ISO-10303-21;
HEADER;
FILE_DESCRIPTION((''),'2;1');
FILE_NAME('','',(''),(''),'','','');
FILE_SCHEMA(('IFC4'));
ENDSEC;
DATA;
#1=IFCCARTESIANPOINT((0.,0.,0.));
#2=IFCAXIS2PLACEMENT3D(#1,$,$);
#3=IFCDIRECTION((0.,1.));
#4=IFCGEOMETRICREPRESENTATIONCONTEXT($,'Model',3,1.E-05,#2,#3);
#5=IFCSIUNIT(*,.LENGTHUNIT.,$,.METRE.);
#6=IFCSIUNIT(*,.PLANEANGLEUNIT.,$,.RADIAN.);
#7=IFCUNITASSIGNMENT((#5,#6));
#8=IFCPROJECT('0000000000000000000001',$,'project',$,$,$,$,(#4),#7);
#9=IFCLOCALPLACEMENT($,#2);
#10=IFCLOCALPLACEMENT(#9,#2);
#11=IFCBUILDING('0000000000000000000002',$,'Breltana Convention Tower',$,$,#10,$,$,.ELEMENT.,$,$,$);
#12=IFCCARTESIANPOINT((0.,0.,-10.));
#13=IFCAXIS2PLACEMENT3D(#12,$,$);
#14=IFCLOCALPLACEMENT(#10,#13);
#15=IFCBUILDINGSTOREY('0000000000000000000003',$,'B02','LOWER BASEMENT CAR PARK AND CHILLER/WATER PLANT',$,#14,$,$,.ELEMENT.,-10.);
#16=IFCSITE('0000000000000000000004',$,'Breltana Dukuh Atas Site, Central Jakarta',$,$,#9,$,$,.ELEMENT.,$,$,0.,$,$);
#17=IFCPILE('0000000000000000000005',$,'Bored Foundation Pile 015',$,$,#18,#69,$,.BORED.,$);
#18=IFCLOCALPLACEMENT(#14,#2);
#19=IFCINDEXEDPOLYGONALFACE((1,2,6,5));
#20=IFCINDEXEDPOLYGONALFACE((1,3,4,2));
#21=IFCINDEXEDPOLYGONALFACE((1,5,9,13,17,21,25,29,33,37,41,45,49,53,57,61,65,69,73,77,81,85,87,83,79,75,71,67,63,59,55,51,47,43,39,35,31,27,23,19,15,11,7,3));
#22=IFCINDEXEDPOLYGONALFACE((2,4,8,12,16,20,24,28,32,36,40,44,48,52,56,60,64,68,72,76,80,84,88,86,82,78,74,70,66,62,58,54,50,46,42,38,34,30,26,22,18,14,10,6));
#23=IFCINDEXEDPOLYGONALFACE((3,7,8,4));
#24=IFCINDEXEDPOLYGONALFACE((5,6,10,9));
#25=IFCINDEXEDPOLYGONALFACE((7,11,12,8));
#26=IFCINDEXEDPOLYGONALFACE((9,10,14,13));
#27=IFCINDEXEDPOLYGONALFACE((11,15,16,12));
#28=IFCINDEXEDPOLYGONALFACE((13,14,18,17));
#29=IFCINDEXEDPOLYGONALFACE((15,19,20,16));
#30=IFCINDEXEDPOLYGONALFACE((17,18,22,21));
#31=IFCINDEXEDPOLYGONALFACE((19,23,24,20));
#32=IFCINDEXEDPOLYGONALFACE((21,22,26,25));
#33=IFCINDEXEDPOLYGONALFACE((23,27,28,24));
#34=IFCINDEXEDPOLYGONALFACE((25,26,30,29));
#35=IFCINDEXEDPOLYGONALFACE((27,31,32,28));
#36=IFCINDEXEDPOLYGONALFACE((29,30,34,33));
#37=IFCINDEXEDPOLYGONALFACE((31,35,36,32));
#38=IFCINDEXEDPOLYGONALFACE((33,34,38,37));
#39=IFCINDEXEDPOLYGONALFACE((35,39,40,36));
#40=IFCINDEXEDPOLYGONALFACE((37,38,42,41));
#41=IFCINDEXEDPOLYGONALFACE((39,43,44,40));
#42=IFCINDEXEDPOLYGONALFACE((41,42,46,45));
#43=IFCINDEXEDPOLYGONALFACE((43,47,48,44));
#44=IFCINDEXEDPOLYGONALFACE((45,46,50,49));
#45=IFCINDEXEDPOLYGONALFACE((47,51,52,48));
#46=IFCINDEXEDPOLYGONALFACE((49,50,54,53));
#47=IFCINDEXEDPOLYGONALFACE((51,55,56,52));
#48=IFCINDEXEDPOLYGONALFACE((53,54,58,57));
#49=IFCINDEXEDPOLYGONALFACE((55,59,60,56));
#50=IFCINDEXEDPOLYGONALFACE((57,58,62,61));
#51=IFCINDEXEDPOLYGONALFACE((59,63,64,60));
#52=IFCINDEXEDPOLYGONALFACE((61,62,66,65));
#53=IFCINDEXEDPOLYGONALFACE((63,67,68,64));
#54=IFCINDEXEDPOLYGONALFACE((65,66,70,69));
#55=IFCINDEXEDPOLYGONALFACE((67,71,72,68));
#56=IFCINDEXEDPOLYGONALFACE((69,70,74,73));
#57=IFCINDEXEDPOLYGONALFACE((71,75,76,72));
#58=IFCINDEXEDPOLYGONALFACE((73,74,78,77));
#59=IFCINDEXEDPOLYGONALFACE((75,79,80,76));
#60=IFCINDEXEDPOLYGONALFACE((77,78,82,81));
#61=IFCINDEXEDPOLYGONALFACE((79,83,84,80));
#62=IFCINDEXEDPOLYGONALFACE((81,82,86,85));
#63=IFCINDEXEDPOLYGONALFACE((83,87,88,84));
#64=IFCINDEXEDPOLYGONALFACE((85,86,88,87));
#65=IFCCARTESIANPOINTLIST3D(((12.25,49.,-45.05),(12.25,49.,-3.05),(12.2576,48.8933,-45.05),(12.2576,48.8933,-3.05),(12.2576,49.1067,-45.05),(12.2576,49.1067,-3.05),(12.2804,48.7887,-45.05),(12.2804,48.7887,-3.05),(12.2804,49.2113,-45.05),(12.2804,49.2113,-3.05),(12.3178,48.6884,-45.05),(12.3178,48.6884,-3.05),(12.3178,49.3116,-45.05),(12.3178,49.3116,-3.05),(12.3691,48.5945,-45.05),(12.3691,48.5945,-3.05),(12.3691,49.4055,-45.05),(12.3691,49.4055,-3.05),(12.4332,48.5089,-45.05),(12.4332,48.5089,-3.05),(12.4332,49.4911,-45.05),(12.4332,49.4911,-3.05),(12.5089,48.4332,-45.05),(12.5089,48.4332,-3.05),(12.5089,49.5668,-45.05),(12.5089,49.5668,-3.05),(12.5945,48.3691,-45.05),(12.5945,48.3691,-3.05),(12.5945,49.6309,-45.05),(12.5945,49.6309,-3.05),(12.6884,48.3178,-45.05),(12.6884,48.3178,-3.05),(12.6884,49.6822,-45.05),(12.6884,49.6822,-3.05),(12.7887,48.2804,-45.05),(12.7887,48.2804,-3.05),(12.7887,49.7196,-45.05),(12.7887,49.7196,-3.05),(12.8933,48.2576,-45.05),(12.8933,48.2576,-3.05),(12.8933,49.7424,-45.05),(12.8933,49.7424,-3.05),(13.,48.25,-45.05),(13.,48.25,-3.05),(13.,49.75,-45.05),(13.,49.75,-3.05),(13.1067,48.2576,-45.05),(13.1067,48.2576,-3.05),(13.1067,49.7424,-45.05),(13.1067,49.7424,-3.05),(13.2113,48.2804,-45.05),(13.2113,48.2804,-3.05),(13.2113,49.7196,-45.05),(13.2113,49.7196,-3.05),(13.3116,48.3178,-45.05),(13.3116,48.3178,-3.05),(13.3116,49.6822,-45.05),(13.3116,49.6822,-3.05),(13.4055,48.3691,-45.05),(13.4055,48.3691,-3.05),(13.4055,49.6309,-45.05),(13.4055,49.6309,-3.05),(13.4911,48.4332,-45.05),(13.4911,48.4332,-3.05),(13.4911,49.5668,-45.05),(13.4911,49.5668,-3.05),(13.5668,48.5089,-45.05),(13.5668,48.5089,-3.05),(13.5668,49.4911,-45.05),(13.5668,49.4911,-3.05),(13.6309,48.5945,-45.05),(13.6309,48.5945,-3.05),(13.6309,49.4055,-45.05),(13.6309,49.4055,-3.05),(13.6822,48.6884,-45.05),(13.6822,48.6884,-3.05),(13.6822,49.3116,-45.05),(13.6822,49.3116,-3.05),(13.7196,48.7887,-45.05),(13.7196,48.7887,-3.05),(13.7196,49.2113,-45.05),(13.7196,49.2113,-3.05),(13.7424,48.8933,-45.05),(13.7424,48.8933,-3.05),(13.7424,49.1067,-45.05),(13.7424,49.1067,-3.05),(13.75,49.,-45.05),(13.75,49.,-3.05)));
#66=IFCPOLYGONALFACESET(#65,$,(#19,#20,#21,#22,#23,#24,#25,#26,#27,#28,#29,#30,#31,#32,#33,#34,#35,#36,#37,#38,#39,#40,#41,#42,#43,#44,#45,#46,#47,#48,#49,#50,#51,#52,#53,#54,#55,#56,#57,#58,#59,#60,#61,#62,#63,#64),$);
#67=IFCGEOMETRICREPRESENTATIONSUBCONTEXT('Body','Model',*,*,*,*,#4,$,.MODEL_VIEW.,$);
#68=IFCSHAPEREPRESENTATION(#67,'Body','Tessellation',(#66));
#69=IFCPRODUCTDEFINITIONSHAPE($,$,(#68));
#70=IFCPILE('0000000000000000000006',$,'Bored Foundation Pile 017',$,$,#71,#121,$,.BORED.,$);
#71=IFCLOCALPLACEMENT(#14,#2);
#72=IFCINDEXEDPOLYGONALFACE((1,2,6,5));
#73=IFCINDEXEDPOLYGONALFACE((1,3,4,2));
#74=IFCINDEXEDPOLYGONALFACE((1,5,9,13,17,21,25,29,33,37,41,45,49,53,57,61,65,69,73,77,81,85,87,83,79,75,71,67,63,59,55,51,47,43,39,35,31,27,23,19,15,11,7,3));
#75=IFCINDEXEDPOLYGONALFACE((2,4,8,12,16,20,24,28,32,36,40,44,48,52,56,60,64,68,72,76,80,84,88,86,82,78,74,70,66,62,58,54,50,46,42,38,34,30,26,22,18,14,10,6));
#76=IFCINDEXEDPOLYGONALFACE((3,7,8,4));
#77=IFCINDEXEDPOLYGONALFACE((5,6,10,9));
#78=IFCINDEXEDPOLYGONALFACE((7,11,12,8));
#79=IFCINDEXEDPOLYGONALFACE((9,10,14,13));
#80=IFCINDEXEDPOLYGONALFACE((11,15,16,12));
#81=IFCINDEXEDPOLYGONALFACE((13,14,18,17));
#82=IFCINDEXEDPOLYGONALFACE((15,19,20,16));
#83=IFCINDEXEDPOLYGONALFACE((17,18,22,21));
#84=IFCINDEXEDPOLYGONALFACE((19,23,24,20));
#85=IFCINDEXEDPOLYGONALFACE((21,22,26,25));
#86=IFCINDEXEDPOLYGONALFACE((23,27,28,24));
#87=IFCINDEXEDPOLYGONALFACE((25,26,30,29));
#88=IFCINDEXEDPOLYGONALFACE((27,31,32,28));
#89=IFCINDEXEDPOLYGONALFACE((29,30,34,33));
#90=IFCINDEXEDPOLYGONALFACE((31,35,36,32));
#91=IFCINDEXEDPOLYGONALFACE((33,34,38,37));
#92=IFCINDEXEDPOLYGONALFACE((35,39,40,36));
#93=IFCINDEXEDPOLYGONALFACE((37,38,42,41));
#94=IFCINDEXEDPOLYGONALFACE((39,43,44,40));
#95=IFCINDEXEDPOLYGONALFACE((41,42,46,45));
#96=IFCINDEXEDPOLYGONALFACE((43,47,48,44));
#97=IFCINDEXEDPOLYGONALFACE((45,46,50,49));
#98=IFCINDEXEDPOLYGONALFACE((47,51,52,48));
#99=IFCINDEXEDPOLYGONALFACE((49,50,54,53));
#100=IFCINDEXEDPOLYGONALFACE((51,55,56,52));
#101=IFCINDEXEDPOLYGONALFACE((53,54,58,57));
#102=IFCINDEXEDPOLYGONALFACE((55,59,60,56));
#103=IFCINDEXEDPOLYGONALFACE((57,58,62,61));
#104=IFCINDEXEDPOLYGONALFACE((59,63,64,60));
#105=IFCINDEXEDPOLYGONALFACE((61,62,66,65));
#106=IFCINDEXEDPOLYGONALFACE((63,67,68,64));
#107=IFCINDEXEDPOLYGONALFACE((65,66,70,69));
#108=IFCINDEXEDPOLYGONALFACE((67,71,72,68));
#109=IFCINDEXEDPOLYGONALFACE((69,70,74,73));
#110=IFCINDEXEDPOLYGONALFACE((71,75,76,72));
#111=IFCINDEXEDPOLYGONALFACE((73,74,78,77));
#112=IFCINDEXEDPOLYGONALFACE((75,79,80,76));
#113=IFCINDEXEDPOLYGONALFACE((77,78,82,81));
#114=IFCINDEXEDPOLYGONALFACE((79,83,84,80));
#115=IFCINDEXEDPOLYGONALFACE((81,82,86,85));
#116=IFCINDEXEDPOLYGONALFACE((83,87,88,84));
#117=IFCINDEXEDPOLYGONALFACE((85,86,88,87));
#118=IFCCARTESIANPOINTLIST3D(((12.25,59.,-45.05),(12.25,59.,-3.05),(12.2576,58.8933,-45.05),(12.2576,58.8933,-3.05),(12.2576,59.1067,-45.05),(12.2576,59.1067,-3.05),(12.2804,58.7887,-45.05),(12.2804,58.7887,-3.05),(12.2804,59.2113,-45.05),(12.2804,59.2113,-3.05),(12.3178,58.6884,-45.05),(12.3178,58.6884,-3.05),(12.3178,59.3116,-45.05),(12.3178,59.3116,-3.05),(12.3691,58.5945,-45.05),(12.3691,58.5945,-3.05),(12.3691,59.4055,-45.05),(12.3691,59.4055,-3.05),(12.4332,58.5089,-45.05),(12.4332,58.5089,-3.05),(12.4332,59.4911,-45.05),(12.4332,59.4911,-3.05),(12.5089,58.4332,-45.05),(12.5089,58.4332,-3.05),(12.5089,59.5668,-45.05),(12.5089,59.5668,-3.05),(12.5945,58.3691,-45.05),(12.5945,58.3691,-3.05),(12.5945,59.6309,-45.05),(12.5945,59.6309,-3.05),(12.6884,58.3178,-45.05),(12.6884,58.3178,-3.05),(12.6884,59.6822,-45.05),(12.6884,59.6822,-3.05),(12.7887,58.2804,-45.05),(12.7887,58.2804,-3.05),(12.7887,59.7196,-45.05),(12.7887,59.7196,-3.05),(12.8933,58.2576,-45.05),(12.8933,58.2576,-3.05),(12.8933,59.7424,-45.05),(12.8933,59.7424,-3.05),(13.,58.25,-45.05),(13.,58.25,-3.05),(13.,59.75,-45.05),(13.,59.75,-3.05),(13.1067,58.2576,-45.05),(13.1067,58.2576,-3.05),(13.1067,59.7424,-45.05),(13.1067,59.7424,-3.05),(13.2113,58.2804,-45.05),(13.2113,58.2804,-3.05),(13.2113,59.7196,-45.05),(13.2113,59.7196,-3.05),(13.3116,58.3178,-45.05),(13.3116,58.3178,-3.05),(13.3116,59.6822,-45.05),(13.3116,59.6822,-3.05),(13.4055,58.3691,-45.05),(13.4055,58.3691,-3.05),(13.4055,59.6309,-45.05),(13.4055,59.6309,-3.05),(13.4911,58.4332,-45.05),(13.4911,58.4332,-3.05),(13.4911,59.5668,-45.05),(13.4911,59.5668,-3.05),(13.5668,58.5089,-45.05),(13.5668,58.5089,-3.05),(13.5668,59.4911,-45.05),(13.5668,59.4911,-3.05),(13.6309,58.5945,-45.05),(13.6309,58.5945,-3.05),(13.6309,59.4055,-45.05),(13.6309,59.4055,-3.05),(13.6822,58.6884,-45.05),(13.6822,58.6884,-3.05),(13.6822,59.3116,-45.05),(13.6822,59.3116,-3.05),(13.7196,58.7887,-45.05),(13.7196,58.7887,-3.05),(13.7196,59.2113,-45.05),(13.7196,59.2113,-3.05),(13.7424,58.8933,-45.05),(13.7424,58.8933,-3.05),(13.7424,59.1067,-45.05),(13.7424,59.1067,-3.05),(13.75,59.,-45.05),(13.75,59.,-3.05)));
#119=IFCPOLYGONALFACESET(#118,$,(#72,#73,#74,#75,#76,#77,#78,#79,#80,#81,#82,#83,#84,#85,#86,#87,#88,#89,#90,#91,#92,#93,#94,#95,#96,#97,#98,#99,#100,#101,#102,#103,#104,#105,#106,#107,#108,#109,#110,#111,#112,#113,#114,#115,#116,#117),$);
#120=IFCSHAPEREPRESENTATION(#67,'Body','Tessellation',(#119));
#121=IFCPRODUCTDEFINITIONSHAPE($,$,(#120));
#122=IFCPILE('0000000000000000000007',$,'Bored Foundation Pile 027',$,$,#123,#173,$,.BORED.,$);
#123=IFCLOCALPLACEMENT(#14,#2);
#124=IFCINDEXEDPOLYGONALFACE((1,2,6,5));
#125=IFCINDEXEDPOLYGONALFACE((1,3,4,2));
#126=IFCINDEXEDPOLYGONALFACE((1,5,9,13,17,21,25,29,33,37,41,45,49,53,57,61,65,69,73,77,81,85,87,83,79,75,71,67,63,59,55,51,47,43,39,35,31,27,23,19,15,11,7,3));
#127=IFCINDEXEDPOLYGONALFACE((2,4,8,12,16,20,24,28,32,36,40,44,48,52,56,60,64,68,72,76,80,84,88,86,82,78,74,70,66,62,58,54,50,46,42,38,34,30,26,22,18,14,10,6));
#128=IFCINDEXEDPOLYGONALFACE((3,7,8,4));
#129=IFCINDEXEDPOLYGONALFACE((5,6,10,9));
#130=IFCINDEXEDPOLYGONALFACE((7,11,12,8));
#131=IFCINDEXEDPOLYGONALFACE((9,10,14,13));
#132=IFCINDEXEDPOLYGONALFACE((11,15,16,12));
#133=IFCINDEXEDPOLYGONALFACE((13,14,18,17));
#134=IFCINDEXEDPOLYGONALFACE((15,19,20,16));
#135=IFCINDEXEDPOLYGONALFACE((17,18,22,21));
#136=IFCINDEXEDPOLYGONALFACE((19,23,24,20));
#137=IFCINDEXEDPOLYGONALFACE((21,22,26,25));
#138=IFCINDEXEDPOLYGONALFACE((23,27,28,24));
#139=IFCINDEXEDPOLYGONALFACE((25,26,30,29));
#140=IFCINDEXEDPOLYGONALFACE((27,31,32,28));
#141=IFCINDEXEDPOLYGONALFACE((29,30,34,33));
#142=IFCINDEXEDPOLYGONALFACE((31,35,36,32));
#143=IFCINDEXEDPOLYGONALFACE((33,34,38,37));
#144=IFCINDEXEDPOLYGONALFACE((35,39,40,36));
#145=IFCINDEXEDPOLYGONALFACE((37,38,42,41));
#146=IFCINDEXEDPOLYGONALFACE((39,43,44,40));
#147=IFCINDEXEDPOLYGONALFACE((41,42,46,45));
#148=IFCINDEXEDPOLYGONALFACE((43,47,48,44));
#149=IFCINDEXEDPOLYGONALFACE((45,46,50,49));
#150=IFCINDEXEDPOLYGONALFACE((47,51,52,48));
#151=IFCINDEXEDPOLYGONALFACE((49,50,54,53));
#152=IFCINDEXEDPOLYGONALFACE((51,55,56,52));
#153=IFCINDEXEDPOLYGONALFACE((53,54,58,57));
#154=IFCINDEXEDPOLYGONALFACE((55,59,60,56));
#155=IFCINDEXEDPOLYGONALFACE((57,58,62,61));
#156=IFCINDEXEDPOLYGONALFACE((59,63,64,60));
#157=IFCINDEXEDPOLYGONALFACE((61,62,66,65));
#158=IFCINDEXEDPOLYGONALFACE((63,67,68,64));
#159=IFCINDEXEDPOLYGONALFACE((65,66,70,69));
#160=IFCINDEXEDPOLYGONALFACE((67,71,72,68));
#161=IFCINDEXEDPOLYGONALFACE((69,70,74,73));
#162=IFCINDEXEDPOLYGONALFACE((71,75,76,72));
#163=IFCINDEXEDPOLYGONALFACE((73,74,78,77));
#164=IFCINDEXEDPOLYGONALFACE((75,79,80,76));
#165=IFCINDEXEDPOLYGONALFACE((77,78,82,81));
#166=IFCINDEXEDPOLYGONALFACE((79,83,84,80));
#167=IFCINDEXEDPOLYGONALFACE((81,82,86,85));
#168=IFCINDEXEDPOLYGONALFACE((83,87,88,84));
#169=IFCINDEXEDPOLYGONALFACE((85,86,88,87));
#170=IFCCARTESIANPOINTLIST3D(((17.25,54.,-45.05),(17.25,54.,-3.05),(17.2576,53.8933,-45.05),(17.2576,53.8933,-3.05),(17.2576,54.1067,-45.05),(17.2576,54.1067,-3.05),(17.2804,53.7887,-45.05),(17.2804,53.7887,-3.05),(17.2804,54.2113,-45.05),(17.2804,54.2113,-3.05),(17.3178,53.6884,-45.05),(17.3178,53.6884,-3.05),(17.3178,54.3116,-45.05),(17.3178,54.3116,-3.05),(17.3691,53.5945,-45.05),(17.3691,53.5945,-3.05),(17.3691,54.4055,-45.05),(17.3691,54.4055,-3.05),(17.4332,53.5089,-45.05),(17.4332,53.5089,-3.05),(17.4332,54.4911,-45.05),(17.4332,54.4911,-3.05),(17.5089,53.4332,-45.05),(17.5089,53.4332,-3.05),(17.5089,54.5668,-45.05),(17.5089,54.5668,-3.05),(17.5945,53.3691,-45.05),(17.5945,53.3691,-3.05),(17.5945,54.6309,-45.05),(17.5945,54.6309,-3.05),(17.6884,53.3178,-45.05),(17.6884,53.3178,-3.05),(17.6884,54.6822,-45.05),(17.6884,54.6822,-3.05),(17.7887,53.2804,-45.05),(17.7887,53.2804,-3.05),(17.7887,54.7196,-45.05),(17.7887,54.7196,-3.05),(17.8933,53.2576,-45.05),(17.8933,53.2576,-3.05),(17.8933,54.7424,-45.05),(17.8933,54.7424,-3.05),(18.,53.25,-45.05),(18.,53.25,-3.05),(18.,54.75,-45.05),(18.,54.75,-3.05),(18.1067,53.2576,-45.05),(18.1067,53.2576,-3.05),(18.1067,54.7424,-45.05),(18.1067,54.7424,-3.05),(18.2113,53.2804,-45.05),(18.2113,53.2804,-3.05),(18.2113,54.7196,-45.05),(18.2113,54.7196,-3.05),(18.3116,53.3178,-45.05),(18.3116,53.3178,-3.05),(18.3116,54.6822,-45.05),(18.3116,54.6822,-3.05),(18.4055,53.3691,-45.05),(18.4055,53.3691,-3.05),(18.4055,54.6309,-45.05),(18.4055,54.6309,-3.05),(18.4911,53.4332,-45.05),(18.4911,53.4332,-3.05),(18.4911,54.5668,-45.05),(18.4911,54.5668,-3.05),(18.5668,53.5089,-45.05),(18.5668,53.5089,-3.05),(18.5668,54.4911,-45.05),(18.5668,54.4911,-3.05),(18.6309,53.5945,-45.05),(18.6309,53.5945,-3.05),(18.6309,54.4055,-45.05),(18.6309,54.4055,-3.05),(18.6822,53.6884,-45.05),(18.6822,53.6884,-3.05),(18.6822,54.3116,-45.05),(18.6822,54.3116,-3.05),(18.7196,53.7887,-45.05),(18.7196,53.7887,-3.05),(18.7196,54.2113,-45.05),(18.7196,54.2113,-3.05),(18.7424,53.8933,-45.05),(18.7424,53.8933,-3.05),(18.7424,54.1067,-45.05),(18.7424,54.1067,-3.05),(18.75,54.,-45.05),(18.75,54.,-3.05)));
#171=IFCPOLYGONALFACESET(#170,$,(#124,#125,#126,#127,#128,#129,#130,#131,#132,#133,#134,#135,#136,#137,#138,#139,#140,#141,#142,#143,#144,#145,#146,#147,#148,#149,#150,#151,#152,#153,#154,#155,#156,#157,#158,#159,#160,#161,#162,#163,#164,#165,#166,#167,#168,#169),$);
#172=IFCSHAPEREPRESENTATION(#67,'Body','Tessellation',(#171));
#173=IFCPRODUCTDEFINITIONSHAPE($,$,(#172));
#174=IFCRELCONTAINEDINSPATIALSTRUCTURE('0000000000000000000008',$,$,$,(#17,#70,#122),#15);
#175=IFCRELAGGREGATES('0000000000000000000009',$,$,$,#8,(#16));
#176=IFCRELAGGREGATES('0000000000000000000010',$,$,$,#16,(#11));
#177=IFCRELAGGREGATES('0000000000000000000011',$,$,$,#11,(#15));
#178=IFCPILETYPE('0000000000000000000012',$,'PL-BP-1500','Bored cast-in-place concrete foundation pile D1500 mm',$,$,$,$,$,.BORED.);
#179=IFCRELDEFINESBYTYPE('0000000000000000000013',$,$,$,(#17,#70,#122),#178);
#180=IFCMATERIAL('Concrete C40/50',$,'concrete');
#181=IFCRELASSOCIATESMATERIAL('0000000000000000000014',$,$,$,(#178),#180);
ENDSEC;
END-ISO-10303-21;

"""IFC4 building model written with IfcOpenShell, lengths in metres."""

from ifc_helpers import new_model, si_unit, direction, frame, origin, origin_2d, place, context, subcontext, project, spatial, circle, extrude, source, transform, mapped, material, material_profile, profile_set, type_object, type_shapes, element, save


model = new_model("IFC4")

# Units and contexts
model_context = context("Model", 3, precision=1e-05, world=origin(), true_north=direction((0.0, 1.0)))
body_context = subcontext(model_context, "Body", "Model", "MODEL_VIEW")
ifc_project = project(units=[si_unit("LENGTHUNIT", "METRE"), si_unit("PLANEANGLEUNIT", "RADIAN")], contexts=[model_context])

# Site, building, storey
site_placement = place(None, origin())
site = spatial("IfcSite", under=ifc_project, at=site_placement, Name="Breltana Dukuh Atas Site, Central Jakarta", CompositionType="ELEMENT", RefElevation=0.0)
building_placement = place(site_placement, origin())
building = spatial("IfcBuilding", under=site, at=building_placement, Name="Breltana Convention Tower", CompositionType="ELEMENT")
storey_placement = place(building_placement, frame((0.0, 0.0, -10.0)))
storey = spatial("IfcBuildingStorey", under=building, at=storey_placement, Name="B02", Description="LOWER BASEMENT CAR PARK AND CHILLER/WATER PLANT", CompositionType="ELEMENT", Elevation=-10.0)

# Piles
ifc_material_1 = material(Name="Concrete C40/50", Category="concrete")
ifc_material_profile_1 = material_profile(ifc_material_1, circle(Radius=0.75, at=origin_2d()), Name="BP-D1500")
ifc_profile_set_1 = profile_set([ifc_material_profile_1], Name="Concrete C40/50")
pile_type_1 = type_object("IfcPileType", Name="PL-BP-1500", Description="Bored cast-in-place concrete foundation pile D1500 mm", PredefinedType="BORED", material=ifc_profile_set_1)
shared_shape_1 = source(origin(), body_context, "Body", "SweptSolid", [
    extrude(circle(Radius=0.75, at=origin_2d()), origin(), (0.0, 0.0, 1.0), 42.0),
])
type_shapes(pile_type_1, [shared_shape_1])
for number, where, z_axis, x_axis, name in (
    (1, (13.0, 49.0, -3.05), (0.0, 0.0, -1.0), (1.0, 0.0, 0.0), "Bored Foundation Pile 015"),
    (2, (13.0, 59.0, -3.05), (0.0, 0.0, -1.0), (1.0, 0.0, 0.0), "Bored Foundation Pile 017"),
    (3, (18.0, 54.0, -3.05), (0.0, 0.0, -1.0), (1.0, 0.0, 0.0), "Bored Foundation Pile 027"),
):
    element("IfcPile", number, at=place(storey_placement, frame(where, z_axis=z_axis, x_axis=x_axis)), inside=storey, type_object=pile_type_1, Name=name, PredefinedType="BORED", context=body_context, shape_type="MappedRepresentation", body=[
        mapped(shared_shape_1, transform((0.0, 0.0, 0.0), scale=1.0)),
    ])

save(model, "model.ifc")
